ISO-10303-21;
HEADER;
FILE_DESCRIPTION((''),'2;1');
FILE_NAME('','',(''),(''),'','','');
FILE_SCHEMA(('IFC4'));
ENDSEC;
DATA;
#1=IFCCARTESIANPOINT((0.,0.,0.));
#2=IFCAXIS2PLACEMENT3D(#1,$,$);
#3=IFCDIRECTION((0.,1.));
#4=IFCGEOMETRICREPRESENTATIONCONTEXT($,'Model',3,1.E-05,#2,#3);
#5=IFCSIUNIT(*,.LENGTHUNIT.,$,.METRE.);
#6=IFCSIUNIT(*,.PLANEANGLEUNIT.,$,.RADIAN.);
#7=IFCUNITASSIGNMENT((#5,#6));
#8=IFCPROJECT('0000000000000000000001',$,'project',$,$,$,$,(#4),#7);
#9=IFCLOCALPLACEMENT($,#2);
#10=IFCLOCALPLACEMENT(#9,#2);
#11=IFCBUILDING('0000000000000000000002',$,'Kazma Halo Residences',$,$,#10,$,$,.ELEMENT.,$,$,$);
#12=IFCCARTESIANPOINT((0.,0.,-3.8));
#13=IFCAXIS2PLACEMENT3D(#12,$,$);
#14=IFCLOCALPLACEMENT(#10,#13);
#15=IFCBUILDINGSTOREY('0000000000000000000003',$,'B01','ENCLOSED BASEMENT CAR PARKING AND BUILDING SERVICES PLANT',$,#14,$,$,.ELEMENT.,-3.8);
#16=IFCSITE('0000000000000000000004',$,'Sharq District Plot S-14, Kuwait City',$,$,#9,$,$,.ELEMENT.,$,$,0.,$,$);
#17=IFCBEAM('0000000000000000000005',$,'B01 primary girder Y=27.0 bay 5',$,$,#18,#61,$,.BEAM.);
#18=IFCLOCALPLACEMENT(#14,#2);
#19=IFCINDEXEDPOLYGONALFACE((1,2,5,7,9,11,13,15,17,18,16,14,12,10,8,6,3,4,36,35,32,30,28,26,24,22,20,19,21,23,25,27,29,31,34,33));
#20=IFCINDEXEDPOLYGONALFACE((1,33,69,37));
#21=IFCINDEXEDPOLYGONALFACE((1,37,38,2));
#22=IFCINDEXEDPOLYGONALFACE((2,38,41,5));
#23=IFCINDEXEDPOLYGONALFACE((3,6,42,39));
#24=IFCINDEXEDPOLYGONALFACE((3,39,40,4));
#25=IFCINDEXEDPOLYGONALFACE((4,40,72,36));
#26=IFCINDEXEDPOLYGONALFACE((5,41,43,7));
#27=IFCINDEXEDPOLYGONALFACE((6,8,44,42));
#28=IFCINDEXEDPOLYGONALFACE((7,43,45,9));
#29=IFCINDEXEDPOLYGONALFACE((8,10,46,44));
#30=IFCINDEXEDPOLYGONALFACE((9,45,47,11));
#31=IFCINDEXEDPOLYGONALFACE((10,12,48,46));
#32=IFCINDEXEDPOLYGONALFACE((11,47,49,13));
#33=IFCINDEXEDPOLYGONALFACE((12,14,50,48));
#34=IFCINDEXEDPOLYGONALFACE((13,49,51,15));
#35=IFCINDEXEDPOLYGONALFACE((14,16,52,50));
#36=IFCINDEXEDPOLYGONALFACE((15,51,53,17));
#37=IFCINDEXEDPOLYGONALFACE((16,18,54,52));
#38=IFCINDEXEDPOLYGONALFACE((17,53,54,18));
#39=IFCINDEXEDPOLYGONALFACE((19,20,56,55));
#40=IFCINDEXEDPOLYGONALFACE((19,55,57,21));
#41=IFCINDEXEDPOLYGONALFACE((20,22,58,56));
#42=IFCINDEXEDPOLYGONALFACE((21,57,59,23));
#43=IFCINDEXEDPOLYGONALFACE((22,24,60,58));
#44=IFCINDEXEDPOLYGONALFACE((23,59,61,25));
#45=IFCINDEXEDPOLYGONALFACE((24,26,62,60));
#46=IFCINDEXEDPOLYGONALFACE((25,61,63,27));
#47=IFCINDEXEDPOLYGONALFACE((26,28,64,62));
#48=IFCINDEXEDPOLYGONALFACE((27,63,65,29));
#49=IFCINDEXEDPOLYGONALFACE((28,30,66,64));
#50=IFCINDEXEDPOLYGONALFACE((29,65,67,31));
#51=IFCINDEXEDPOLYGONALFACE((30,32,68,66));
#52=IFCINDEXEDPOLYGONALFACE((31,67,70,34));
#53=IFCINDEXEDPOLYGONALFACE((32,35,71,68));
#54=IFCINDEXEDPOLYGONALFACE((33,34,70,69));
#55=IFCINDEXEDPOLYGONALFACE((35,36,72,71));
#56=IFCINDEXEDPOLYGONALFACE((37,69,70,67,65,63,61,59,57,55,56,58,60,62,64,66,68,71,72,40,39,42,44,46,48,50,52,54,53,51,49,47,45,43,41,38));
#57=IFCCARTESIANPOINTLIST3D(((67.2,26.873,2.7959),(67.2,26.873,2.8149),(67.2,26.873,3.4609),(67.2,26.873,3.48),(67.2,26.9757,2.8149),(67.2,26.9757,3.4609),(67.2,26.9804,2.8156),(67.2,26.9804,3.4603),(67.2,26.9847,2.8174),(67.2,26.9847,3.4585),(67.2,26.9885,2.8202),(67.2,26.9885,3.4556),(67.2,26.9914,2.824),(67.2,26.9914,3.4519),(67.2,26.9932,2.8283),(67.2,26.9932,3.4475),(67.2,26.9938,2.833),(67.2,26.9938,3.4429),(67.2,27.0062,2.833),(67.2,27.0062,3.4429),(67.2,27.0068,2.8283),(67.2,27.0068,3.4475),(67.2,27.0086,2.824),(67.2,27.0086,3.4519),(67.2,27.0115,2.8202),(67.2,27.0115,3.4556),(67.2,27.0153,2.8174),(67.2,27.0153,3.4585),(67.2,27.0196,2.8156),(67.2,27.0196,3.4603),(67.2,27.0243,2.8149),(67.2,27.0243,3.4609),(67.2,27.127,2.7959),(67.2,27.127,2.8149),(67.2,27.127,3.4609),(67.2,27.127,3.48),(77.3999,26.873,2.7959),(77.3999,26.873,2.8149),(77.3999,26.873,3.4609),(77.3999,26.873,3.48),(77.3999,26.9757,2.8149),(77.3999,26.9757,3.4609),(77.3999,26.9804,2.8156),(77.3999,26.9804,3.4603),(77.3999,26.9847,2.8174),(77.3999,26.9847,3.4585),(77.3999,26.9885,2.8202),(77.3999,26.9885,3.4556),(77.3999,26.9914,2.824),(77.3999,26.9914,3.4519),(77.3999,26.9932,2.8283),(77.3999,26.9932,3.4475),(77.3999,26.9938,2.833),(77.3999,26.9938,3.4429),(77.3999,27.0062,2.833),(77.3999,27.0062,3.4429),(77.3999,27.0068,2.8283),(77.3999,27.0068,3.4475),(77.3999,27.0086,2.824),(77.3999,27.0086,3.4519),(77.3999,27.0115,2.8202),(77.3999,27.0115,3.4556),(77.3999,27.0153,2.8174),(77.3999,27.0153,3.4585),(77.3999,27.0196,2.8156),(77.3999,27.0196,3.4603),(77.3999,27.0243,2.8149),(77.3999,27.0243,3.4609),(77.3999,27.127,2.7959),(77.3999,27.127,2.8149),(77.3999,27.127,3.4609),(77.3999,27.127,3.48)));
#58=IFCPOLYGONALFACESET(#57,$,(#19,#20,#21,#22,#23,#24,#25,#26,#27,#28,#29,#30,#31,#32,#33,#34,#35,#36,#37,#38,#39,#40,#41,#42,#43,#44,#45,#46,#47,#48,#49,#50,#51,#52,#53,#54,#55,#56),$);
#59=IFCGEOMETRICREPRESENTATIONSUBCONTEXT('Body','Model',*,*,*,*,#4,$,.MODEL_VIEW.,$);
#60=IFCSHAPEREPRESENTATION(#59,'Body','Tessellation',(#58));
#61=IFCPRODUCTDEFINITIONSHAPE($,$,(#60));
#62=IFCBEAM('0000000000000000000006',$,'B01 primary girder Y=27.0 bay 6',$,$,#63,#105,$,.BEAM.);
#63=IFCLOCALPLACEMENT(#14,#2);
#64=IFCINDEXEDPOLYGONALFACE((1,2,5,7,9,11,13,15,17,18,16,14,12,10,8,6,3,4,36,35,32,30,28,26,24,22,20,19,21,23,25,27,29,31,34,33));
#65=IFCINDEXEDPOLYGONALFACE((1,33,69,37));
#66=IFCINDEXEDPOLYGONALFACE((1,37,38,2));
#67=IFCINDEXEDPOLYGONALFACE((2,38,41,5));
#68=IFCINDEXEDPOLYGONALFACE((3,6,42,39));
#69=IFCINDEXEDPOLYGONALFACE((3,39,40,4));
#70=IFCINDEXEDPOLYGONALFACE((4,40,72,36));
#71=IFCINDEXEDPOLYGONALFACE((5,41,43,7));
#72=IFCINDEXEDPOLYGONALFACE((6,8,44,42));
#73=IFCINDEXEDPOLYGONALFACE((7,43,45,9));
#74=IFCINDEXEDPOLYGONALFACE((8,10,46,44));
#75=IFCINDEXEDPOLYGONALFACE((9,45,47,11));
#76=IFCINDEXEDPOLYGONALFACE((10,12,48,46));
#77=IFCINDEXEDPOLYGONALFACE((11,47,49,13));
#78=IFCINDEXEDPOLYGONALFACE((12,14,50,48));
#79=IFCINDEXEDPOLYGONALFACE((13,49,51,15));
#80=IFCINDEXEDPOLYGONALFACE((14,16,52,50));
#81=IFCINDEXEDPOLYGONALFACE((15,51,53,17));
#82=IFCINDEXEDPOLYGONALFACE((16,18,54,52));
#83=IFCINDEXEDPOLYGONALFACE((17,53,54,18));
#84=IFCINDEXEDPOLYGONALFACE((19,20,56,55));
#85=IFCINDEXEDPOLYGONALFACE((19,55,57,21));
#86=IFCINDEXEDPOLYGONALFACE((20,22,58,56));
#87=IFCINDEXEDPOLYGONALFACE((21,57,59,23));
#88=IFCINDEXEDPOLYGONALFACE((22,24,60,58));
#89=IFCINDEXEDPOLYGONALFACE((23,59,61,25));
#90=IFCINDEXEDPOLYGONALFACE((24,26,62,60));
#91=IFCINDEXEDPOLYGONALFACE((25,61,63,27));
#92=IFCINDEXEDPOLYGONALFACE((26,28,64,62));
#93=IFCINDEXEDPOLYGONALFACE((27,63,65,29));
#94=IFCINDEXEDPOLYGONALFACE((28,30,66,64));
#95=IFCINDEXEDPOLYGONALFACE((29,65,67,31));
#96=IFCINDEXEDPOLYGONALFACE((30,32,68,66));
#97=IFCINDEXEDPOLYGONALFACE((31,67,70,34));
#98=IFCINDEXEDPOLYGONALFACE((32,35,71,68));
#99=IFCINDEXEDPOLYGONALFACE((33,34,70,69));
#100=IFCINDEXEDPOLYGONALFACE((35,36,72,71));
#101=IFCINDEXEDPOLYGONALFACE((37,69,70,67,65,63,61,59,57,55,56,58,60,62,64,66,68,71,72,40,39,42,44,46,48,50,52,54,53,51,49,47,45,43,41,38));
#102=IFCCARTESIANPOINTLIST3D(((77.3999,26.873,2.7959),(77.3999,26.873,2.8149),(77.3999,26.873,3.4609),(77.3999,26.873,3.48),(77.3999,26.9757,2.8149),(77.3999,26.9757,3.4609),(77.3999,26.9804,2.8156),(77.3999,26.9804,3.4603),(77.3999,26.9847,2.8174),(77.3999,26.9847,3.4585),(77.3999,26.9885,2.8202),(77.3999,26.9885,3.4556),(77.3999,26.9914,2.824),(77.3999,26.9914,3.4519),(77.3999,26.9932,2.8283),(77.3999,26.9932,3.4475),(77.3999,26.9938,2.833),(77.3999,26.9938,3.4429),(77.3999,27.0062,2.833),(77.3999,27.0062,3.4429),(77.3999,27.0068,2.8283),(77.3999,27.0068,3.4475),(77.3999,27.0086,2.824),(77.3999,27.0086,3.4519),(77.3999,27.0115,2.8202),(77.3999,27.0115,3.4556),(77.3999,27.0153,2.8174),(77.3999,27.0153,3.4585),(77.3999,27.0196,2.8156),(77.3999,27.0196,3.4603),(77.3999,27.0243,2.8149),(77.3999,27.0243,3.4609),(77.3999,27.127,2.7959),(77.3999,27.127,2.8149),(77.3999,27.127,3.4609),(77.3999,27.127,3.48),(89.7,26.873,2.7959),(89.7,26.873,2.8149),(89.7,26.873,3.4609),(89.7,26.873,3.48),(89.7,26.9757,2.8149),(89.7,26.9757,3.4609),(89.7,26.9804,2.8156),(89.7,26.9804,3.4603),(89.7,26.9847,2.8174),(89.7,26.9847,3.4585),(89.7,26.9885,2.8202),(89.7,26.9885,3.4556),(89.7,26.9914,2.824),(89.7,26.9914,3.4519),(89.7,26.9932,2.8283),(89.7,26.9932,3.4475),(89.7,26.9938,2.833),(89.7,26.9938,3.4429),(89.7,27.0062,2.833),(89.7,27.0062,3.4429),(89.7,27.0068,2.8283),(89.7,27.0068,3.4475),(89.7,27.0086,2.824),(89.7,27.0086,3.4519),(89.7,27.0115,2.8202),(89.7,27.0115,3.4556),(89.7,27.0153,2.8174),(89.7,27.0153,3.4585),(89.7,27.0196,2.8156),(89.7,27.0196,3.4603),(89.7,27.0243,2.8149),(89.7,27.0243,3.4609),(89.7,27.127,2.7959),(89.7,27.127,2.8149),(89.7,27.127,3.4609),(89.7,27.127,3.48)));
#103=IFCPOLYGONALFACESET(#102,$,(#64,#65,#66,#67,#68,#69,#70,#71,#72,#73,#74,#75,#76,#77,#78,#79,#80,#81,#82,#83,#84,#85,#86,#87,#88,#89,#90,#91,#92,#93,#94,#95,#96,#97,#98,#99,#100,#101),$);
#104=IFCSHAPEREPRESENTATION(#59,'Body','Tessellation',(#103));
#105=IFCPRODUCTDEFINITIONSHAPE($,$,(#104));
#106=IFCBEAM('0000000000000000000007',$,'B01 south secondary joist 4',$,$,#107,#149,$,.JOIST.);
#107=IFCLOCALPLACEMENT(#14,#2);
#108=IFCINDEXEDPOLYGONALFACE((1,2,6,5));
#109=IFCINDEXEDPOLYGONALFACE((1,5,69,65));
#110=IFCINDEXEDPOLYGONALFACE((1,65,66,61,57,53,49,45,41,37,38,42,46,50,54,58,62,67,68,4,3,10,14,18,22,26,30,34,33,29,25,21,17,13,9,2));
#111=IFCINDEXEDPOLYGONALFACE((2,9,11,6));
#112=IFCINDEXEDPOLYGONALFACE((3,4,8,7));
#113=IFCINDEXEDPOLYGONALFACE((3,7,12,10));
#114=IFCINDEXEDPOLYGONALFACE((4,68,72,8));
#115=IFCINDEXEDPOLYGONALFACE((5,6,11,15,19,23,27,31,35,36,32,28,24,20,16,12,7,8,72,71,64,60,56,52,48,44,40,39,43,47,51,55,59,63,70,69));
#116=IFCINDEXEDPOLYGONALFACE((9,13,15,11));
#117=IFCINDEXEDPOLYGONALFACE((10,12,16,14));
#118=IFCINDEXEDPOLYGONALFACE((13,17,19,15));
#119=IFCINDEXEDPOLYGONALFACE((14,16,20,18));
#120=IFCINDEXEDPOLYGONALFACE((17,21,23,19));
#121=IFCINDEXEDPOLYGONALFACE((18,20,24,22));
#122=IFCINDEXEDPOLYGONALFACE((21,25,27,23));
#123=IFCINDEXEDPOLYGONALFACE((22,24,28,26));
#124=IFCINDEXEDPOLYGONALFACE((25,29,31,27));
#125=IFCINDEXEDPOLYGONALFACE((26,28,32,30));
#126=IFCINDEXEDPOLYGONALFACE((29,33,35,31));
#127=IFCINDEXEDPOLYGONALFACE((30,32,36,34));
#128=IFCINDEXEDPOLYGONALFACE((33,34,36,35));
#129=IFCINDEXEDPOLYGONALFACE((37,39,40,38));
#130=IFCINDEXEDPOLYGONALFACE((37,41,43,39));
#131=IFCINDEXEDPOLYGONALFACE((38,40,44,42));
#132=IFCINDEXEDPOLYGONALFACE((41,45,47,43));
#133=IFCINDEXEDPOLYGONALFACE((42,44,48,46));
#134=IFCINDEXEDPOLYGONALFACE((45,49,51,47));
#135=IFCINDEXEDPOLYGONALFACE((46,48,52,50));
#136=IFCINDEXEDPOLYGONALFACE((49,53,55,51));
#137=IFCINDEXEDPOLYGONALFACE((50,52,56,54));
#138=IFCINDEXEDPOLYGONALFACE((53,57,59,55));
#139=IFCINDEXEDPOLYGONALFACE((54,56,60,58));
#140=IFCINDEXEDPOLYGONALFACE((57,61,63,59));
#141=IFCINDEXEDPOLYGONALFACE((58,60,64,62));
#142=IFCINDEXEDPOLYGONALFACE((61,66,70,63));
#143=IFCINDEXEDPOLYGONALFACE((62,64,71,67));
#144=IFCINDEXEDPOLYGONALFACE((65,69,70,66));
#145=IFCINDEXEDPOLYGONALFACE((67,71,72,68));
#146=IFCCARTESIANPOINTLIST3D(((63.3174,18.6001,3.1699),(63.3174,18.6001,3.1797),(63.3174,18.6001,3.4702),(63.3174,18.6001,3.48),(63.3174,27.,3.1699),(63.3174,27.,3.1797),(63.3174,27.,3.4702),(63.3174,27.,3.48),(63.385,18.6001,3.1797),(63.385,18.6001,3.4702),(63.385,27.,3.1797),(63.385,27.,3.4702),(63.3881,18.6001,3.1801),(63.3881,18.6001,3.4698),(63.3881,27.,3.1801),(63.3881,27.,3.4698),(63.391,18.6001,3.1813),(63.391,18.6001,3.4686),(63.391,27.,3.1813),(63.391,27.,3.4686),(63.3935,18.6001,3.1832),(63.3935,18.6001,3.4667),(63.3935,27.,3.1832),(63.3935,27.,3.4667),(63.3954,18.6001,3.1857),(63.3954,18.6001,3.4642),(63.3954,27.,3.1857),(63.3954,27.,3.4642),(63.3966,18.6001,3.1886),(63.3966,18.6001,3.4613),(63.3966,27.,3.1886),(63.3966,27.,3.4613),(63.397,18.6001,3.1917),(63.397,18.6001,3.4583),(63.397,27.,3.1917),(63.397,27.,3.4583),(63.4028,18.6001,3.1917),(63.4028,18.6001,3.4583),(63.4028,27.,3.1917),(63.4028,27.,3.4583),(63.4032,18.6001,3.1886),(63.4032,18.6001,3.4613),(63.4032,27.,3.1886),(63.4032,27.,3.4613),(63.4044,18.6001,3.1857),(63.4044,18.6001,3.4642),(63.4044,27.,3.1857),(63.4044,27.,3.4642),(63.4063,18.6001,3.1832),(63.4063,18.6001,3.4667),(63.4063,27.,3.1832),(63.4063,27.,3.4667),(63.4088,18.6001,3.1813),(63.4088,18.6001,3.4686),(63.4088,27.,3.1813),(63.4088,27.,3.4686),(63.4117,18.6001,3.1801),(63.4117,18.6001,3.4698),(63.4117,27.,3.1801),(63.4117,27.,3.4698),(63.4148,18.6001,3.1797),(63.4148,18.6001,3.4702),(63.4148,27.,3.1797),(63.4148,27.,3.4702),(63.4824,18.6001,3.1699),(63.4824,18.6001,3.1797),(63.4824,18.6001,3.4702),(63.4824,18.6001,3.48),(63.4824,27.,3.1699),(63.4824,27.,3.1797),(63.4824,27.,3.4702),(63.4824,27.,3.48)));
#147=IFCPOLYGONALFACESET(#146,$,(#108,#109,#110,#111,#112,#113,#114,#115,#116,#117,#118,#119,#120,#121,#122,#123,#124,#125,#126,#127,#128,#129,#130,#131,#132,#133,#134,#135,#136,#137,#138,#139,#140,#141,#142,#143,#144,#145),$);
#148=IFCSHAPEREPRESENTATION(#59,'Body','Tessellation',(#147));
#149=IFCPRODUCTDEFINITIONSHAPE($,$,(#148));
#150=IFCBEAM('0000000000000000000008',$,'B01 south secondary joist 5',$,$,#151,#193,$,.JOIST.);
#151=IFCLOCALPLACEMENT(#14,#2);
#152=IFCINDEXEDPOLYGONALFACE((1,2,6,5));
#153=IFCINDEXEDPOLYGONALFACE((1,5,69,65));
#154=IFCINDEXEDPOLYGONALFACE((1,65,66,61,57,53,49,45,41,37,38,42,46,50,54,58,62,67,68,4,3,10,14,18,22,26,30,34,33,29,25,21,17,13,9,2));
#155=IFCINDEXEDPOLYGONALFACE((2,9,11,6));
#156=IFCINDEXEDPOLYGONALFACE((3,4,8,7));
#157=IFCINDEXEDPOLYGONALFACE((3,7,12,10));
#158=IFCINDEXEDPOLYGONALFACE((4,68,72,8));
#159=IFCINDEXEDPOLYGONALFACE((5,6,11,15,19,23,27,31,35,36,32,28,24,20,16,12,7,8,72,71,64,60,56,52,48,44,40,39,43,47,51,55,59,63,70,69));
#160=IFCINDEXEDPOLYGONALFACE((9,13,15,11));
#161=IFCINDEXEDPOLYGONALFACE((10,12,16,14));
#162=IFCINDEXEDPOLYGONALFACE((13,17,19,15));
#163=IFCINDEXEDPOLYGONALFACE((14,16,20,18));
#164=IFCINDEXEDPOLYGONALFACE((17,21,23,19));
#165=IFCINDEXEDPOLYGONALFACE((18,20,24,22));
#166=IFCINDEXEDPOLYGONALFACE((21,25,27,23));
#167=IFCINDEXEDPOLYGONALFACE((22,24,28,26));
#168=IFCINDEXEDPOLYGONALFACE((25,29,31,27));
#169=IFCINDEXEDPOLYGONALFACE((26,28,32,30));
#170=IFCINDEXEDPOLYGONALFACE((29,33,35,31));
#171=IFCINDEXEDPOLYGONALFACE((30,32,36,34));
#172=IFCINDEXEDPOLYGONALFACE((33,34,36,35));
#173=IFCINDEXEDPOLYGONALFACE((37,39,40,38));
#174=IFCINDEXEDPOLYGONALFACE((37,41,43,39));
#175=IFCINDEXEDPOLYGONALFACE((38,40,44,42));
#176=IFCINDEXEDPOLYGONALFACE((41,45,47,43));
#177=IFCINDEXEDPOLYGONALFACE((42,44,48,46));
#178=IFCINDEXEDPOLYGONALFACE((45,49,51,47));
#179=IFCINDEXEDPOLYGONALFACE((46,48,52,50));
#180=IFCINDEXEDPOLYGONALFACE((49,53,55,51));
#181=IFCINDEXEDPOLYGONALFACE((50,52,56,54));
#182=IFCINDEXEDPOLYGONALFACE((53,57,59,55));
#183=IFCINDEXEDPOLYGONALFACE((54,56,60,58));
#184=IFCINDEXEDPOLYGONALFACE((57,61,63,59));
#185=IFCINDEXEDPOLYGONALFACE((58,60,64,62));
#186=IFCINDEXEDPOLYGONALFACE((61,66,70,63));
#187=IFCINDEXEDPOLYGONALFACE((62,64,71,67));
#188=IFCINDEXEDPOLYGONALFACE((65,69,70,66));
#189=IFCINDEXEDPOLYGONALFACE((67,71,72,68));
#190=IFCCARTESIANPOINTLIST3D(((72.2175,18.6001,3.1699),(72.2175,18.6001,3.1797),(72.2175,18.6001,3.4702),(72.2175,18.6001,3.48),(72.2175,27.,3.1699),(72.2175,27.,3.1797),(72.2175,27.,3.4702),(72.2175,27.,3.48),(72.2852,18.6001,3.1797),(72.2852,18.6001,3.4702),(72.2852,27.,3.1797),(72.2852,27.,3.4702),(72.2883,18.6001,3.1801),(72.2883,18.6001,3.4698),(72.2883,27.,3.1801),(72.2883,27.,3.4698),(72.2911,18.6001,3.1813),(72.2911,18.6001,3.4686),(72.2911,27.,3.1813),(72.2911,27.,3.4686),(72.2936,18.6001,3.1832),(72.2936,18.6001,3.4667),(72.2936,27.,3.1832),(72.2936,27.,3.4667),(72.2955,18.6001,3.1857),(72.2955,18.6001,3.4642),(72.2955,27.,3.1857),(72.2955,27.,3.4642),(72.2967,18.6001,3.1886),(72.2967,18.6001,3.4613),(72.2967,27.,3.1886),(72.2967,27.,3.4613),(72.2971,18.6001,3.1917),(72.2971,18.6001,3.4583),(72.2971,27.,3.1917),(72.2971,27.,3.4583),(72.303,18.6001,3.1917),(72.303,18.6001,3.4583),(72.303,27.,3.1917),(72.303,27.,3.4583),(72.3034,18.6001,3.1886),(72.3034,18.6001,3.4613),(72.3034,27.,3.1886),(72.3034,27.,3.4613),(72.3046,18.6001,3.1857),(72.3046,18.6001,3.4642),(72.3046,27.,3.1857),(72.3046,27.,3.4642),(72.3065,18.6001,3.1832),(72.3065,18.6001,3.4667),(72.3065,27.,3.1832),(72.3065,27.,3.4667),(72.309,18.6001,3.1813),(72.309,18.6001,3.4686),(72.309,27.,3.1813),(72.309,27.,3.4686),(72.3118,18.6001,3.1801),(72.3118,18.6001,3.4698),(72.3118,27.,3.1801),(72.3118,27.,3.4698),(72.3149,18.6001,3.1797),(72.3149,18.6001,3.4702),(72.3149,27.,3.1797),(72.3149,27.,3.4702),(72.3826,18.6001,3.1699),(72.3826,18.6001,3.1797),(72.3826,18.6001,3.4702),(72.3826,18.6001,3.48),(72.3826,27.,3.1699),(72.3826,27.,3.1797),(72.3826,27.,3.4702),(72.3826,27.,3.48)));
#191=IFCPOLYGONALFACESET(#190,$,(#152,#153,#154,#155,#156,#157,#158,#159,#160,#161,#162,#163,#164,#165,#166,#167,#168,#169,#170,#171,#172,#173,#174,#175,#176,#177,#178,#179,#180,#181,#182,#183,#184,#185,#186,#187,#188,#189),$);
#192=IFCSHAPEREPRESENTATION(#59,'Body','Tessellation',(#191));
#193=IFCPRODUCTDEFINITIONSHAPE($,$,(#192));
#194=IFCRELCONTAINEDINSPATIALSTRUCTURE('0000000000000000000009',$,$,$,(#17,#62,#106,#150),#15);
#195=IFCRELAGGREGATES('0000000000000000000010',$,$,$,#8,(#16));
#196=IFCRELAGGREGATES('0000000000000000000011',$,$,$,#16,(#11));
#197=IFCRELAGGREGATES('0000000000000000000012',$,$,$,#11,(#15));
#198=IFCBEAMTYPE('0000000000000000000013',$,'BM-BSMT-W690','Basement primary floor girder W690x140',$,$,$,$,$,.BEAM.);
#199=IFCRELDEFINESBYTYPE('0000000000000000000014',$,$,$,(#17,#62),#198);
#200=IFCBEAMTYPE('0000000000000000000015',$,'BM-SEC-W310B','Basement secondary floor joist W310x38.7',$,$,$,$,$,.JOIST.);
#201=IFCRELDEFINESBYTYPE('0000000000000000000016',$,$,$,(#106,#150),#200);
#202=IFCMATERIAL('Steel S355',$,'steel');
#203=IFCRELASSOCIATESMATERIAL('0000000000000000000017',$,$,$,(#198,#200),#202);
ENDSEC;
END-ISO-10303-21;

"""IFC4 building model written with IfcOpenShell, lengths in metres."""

from ifc_helpers import new_model, si_unit, direction, frame, origin, origin_2d, place, context, subcontext, project, spatial, i_section, extrude, material, material_profile, profile_set, type_object, element, save


model = new_model("IFC4")

# Units and contexts
model_context = context("Model", 3, precision=1e-05, world=origin(), true_north=direction((0.0, 1.0)))
body_context = subcontext(model_context, "Body", "Model", "MODEL_VIEW")
ifc_project = project(units=[si_unit("LENGTHUNIT", "METRE"), si_unit("PLANEANGLEUNIT", "RADIAN")], contexts=[model_context])

# Site, building, storey
site_placement = place(None, origin())
site = spatial("IfcSite", under=ifc_project, at=site_placement, Name="Sharq District Plot S-14, Kuwait City", CompositionType="ELEMENT", RefElevation=0.0)
building_placement = place(site_placement, origin())
building = spatial("IfcBuilding", under=site, at=building_placement, Name="Kazma Halo Residences", CompositionType="ELEMENT")
storey_placement = place(building_placement, frame((0.0, 0.0, -3.8)))
storey = spatial("IfcBuildingStorey", under=building, at=storey_placement, Name="B01", Description="ENCLOSED BASEMENT CAR PARKING AND BUILDING SERVICES PLANT", CompositionType="ELEMENT", Elevation=-3.8)

# Beams
ifc_material_1 = material(Name="Steel S355", Category="steel")
ifc_material_profile_1 = material_profile(ifc_material_1, i_section(OverallWidth=0.2539, OverallDepth=0.6841, WebThickness=0.0125, FlangeThickness=0.019, FilletRadius=0.0181, at=origin_2d()), Name="W690x140")
ifc_profile_set_1 = profile_set([ifc_material_profile_1], Name="Steel S355")
beam_type_1 = type_object("IfcBeamType", Name="BM-BSMT-W690", Description="Basement primary floor girder W690x140", PredefinedType="BEAM", material=ifc_profile_set_1)
beam_1_placement = place(storey_placement, frame((67.2, 27.0, 3.1379), z_axis=(1.0, 0.0, 0.0), x_axis=(0.0, 1.0, 0.0)))
element("IfcBeam", 1, at=beam_1_placement, inside=storey, type_object=beam_type_1, Name="B01 primary girder Y=27.0 bay 5", PredefinedType="BEAM", context=body_context, shape_type="SweptSolid", body=[
    extrude(i_section(OverallWidth=0.2539, OverallDepth=0.6841, WebThickness=0.0125, FlangeThickness=0.019, FilletRadius=0.0181, at=origin_2d()), origin(), (0.0, 0.0, 1.0), 10.2),
])
beam_2_placement = place(storey_placement, frame((77.3999, 27.0, 3.1379), z_axis=(1.0, 0.0, 0.0), x_axis=(0.0, 1.0, 0.0)))
element("IfcBeam", 2, at=beam_2_placement, inside=storey, type_object=beam_type_1, Name="B01 primary girder Y=27.0 bay 6", PredefinedType="BEAM", context=body_context, shape_type="SweptSolid", body=[
    extrude(i_section(OverallWidth=0.2539, OverallDepth=0.6841, WebThickness=0.0125, FlangeThickness=0.019, FilletRadius=0.0181, at=origin_2d()), origin(), (0.0, 0.0, 1.0), 12.3),
])
ifc_material_profile_2 = material_profile(ifc_material_1, i_section(OverallWidth=0.165, OverallDepth=0.3101, WebThickness=0.0059, FlangeThickness=0.0098, FilletRadius=0.012, at=origin_2d()), Name="W310x38.7")
ifc_profile_set_2 = profile_set([ifc_material_profile_2], Name="Steel S355")
beam_type_2 = type_object("IfcBeamType", Name="BM-SEC-W310B", Description="Basement secondary floor joist W310x38.7", PredefinedType="JOIST", material=ifc_profile_set_2)
for number, where, z_axis, x_axis, name in (
    (3, (63.3999, 18.6001, 3.325), (0.0, 1.0, 0.0), (-1.0, 0.0, 0.0), "B01 south secondary joist 4"),
    (4, (72.3, 18.6001, 3.325), (0.0, 1.0, 0.0), (-1.0, 0.0, 0.0), "B01 south secondary joist 5"),
):
    element("IfcBeam", number, at=place(storey_placement, frame(where, z_axis=z_axis, x_axis=x_axis)), inside=storey, type_object=beam_type_2, Name=name, PredefinedType="JOIST", context=body_context, shape_type="SweptSolid", body=[
        extrude(i_section(OverallWidth=0.165, OverallDepth=0.3101, WebThickness=0.0059, FlangeThickness=0.0098, FilletRadius=0.012, at=origin_2d()), origin(), (0.0, 0.0, 1.0), 8.3999),
    ])

save(model, "model.ifc")
